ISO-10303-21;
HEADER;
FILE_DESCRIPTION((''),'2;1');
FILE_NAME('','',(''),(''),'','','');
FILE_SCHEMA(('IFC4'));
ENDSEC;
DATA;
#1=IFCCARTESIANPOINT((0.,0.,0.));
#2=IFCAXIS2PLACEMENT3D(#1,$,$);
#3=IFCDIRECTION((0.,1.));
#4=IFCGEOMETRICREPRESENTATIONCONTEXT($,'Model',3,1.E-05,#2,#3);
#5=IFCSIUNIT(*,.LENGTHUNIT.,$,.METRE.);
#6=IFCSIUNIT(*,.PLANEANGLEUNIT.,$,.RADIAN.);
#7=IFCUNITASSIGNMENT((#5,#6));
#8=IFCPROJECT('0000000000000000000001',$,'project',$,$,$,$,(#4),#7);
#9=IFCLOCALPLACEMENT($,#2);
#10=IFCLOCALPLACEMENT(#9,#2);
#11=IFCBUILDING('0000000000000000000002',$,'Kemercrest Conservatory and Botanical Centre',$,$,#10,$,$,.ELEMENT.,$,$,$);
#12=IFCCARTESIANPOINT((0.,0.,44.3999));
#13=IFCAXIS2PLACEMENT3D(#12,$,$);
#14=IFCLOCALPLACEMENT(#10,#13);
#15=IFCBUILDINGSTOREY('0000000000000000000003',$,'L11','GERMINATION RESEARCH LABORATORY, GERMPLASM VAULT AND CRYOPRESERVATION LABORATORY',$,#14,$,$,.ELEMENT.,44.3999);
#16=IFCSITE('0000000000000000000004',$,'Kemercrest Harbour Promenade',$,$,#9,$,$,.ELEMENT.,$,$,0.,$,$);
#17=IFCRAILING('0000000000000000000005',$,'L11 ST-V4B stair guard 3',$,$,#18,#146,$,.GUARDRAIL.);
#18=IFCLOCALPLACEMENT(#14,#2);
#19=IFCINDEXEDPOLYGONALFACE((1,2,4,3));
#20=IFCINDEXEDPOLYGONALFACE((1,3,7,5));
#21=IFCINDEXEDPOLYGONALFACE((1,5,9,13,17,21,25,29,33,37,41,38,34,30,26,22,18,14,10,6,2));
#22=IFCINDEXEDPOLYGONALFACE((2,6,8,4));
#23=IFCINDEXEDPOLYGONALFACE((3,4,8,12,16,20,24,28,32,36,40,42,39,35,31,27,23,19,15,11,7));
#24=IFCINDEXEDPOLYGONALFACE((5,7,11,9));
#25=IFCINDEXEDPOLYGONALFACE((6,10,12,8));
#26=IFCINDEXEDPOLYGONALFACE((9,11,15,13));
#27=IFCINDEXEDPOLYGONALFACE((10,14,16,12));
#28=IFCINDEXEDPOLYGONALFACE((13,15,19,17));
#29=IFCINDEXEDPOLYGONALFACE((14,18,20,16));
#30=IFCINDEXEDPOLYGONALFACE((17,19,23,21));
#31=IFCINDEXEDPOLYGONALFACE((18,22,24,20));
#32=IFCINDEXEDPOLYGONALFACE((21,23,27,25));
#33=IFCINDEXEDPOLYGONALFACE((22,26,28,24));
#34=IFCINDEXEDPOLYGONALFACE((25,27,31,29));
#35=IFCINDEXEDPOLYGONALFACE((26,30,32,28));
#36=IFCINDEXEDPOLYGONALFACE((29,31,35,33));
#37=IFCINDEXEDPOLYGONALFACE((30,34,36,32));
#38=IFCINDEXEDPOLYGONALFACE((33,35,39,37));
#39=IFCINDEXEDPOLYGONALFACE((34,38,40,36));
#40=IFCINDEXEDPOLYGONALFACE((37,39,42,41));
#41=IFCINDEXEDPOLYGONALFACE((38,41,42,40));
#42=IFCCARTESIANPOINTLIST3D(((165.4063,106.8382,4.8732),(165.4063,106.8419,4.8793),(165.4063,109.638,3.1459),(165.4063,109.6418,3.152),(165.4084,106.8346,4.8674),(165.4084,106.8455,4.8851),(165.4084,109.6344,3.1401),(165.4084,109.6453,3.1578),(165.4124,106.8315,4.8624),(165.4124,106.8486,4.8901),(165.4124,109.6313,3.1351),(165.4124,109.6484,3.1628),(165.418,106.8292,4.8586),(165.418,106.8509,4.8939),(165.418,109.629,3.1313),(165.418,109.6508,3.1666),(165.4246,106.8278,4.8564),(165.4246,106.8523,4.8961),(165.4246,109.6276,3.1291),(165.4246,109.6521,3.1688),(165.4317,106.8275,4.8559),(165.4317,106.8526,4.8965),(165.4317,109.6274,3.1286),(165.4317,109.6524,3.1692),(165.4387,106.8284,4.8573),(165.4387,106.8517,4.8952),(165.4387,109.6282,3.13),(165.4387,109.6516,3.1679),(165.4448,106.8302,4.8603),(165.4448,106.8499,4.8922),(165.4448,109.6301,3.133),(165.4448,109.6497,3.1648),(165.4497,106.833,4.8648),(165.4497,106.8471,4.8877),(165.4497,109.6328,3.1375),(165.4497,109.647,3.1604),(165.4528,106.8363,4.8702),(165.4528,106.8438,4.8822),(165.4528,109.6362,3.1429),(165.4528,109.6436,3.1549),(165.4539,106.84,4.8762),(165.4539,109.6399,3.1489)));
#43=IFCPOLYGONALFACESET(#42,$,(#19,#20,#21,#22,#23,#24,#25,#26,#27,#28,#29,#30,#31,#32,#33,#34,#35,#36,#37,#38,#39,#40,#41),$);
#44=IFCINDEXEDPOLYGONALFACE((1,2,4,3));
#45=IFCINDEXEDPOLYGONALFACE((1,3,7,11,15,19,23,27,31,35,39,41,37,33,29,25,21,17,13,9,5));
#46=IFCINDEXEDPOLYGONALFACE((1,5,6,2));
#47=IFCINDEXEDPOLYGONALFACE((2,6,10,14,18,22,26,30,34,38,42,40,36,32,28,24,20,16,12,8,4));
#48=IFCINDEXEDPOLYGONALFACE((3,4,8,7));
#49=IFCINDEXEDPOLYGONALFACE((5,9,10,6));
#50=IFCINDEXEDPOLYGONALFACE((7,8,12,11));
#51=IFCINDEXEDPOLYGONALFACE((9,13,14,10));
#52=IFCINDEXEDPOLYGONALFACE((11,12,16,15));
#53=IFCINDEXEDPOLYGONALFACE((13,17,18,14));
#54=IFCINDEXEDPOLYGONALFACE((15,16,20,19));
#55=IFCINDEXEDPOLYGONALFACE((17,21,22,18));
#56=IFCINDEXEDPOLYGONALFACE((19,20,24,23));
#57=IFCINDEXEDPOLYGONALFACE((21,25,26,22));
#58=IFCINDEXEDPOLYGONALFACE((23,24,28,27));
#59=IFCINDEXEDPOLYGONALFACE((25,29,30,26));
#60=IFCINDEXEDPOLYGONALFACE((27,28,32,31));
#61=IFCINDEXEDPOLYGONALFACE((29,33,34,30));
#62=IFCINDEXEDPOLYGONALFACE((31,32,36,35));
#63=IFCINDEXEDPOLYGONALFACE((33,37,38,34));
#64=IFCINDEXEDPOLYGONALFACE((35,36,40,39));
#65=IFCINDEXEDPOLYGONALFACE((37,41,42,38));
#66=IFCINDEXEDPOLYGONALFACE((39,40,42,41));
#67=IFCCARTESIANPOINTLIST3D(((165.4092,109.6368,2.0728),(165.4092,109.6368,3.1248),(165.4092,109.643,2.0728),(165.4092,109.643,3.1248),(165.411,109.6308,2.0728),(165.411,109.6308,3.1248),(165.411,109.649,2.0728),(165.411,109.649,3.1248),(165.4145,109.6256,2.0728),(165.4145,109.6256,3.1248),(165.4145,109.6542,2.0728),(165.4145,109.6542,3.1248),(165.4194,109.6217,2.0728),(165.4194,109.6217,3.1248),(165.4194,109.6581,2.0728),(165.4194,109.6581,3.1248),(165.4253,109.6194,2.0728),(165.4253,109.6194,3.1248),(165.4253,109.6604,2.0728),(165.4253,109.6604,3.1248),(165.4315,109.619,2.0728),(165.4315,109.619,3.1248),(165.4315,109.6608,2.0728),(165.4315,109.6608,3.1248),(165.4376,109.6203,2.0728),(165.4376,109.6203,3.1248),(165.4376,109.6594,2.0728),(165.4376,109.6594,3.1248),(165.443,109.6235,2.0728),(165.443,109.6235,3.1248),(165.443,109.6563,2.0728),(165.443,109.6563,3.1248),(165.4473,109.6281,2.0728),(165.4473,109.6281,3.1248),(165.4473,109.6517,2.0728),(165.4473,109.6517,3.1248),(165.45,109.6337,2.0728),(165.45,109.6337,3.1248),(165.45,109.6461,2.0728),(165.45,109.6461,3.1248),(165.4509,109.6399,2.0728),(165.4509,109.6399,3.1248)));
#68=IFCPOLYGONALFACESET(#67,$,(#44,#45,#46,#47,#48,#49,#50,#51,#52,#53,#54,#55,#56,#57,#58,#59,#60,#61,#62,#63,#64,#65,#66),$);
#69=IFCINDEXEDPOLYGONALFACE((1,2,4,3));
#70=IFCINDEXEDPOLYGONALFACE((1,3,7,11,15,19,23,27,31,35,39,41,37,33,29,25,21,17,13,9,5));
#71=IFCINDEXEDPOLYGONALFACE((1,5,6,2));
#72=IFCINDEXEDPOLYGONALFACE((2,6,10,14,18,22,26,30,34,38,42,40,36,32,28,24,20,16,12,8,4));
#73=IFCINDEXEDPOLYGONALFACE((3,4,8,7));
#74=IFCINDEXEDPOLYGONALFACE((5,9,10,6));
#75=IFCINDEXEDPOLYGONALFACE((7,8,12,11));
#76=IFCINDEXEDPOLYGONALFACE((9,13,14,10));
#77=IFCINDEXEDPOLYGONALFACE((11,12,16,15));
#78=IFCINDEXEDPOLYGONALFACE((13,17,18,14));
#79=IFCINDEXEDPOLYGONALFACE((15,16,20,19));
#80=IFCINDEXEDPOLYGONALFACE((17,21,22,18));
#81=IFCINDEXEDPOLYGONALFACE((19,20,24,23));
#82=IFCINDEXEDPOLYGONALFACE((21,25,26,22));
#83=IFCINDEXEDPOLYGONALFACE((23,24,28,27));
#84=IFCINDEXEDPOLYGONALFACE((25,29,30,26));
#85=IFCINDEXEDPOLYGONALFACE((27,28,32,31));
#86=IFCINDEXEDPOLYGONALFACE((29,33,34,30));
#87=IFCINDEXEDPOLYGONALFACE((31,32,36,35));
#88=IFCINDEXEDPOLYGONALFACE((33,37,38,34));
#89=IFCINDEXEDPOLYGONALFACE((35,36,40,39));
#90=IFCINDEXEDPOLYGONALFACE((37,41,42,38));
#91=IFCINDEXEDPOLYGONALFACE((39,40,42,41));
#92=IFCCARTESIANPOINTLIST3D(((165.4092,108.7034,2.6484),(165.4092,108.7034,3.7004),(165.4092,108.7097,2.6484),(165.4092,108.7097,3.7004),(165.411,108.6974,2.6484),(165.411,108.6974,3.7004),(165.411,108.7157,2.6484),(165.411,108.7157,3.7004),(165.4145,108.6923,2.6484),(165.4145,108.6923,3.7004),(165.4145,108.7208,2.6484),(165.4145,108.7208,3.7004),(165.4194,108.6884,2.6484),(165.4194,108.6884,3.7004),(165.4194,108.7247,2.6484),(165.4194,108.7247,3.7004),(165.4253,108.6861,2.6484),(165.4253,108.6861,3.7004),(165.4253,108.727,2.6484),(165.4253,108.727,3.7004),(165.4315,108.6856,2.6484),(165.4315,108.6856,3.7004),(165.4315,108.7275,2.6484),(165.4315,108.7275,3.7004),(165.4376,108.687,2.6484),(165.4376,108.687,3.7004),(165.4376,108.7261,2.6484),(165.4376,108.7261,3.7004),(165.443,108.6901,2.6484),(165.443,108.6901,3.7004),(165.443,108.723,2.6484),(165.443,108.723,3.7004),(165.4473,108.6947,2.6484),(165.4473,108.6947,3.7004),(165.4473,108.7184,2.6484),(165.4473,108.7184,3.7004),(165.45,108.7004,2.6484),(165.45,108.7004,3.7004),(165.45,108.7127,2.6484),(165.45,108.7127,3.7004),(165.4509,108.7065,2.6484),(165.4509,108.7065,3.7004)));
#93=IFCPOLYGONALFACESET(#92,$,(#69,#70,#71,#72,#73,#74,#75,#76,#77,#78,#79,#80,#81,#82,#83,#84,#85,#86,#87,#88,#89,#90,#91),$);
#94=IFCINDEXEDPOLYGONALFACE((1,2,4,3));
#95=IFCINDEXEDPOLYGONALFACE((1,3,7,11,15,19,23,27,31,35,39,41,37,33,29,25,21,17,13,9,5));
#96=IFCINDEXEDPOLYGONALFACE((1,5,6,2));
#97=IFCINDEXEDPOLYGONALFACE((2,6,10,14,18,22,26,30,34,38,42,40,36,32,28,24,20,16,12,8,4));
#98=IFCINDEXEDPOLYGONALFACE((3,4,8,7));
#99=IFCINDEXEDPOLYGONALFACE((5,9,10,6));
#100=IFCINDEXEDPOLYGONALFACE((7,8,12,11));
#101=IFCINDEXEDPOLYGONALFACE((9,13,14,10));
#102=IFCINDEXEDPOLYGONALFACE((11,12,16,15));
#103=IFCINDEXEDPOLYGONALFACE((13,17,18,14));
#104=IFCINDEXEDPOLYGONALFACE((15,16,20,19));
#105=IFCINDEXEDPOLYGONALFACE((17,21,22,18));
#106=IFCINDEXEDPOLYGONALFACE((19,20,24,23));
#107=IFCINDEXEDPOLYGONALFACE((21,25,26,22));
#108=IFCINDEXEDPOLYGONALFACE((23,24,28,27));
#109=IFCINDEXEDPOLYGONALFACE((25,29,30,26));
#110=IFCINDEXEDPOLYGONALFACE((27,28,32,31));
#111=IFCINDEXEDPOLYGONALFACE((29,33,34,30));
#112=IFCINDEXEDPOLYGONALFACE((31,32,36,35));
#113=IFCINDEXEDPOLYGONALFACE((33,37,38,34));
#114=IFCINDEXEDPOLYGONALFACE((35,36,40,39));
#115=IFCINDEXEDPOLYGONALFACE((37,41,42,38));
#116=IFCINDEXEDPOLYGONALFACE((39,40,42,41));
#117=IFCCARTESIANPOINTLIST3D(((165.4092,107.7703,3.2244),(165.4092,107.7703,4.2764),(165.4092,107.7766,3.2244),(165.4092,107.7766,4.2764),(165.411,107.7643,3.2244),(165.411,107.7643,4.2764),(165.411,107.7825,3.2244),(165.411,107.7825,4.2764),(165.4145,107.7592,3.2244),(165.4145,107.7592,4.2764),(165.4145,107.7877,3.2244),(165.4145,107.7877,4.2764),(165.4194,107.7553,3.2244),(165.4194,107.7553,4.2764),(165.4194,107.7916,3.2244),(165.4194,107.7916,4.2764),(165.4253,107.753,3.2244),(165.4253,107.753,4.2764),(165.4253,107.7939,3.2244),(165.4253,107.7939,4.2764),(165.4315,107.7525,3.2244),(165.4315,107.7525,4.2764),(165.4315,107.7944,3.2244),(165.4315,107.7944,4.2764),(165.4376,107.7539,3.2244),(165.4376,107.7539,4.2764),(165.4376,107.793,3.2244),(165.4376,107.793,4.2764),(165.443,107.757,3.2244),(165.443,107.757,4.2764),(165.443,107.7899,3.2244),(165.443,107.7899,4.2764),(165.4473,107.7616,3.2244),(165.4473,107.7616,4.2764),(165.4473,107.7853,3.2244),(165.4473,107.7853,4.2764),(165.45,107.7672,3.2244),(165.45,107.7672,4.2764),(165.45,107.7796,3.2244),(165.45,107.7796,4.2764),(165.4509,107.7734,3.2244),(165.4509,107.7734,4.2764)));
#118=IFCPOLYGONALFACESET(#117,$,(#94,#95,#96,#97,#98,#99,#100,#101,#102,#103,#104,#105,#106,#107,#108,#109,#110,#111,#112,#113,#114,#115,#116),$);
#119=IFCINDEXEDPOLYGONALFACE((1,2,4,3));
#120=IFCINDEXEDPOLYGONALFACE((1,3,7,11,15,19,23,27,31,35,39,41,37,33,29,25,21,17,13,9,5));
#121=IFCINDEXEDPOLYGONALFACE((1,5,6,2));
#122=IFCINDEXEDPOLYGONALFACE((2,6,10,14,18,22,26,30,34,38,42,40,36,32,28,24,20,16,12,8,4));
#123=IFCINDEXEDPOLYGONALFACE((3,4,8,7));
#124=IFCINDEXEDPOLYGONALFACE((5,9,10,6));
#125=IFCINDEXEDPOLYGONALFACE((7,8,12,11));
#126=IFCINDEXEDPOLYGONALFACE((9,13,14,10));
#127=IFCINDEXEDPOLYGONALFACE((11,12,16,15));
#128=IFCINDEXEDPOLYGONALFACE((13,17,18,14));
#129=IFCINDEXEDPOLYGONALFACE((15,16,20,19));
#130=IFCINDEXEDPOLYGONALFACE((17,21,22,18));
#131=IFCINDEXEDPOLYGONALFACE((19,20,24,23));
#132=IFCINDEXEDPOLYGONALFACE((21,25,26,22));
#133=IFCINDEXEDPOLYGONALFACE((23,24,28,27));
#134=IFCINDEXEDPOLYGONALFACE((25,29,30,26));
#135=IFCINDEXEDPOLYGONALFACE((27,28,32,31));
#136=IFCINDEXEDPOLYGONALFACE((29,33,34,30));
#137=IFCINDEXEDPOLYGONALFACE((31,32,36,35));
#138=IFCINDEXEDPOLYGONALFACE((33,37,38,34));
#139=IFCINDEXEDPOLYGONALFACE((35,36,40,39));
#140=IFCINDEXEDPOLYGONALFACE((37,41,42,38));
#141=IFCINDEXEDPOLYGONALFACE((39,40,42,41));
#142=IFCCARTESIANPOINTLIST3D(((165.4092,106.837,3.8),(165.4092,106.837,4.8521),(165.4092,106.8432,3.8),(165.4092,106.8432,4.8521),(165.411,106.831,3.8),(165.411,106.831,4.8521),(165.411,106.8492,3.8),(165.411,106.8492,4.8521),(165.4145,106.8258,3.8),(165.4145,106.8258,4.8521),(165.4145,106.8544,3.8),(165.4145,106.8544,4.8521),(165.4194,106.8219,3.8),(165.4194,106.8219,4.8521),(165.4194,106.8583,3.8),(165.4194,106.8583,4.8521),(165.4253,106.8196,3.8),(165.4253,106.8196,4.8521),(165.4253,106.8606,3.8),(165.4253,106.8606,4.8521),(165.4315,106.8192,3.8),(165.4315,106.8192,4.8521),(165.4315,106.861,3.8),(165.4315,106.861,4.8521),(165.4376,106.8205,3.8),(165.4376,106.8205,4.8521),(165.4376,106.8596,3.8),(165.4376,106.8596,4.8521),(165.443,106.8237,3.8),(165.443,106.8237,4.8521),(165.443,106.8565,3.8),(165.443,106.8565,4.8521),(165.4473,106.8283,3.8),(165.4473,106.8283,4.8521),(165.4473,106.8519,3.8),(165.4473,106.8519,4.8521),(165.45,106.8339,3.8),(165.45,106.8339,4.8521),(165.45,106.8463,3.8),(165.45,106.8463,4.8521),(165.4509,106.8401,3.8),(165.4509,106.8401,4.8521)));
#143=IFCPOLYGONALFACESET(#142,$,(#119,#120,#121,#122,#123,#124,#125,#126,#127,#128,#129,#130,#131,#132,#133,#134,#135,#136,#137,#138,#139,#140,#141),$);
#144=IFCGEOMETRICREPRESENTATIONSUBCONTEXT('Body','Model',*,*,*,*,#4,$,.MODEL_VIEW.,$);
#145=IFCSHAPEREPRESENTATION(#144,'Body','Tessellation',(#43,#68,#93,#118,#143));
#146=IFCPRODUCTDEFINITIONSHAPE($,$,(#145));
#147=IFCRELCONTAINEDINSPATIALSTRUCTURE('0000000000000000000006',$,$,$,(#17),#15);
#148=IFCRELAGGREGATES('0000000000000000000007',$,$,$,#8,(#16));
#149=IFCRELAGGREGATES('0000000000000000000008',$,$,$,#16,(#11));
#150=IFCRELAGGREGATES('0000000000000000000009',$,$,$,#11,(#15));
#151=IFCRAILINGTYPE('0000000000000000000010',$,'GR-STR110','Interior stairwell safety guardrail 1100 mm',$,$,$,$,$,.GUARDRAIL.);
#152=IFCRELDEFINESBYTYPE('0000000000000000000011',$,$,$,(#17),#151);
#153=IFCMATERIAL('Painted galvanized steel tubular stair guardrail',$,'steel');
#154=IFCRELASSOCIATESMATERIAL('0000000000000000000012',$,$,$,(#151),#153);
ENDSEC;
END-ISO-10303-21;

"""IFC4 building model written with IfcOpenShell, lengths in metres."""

from ifc_helpers import new_model, si_unit, direction, frame, origin, origin_2d, place, context, subcontext, project, spatial, circle, extrude, material, type_object, element, save


model = new_model("IFC4")

# Units and contexts
model_context = context("Model", 3, precision=1e-05, world=origin(), true_north=direction((0.0, 1.0)))
body_context = subcontext(model_context, "Body", "Model", "MODEL_VIEW")
ifc_project = project(units=[si_unit("LENGTHUNIT", "METRE"), si_unit("PLANEANGLEUNIT", "RADIAN")], contexts=[model_context])

# Site, building, storey
site_placement = place(None, origin())
site = spatial("IfcSite", under=ifc_project, at=site_placement, Name="Kemercrest Harbour Promenade", CompositionType="ELEMENT", RefElevation=0.0)
building_placement = place(site_placement, origin())
building = spatial("IfcBuilding", under=site, at=building_placement, Name="Kemercrest Conservatory and Botanical Centre", CompositionType="ELEMENT")
storey_placement = place(building_placement, frame((0.0, 0.0, 44.3999)))
storey = spatial("IfcBuildingStorey", under=building, at=storey_placement, Name="L11", Description="GERMINATION RESEARCH LABORATORY, GERMPLASM VAULT AND CRYOPRESERVATION LABORATORY", CompositionType="ELEMENT", Elevation=44.3999)

# Railing
ifc_material_1 = material(Name="Painted galvanized steel tubular stair guardrail", Category="steel")
railing_type_1 = type_object("IfcRailingType", Name="GR-STR110", Description="Interior stairwell safety guardrail 1100 mm", PredefinedType="GUARDRAIL", material=ifc_material_1)
railing_1_placement = place(storey_placement, frame((165.4299, 109.6399, 2.0728)))
element("IfcRailing", 1, at=railing_1_placement, inside=storey, type_object=railing_type_1, Name="L11 ST-V4B stair guard 3", PredefinedType="GUARDRAIL", context=body_context, shape_type="SweptSolid", body=[
    extrude(circle(Radius=0.0239, at=origin_2d()), frame((0.0, 0.0, 1.0762), z_axis=(0.0, -0.851069, 0.525054), x_axis=(1.0, 0.0, 0.0)), (0.0, 0.0, 1.0), 3.2898),
    extrude(circle(Radius=0.021, at=origin_2d()), origin(), (0.0, 0.0, 1.0), 1.052),
    extrude(circle(Radius=0.021, at=origin_2d()), frame((0.0, -0.9333, 0.5757)), (0.0, 0.0, 1.0), 1.052),
    extrude(circle(Radius=0.021, at=origin_2d()), frame((0.0, -1.8665, 1.1516)), (0.0, 0.0, 1.0), 1.052),
    extrude(circle(Radius=0.021, at=origin_2d()), frame((0.0, -2.7998, 1.7273)), (0.0, 0.0, 1.0), 1.052),
])

save(model, "model.ifc")
